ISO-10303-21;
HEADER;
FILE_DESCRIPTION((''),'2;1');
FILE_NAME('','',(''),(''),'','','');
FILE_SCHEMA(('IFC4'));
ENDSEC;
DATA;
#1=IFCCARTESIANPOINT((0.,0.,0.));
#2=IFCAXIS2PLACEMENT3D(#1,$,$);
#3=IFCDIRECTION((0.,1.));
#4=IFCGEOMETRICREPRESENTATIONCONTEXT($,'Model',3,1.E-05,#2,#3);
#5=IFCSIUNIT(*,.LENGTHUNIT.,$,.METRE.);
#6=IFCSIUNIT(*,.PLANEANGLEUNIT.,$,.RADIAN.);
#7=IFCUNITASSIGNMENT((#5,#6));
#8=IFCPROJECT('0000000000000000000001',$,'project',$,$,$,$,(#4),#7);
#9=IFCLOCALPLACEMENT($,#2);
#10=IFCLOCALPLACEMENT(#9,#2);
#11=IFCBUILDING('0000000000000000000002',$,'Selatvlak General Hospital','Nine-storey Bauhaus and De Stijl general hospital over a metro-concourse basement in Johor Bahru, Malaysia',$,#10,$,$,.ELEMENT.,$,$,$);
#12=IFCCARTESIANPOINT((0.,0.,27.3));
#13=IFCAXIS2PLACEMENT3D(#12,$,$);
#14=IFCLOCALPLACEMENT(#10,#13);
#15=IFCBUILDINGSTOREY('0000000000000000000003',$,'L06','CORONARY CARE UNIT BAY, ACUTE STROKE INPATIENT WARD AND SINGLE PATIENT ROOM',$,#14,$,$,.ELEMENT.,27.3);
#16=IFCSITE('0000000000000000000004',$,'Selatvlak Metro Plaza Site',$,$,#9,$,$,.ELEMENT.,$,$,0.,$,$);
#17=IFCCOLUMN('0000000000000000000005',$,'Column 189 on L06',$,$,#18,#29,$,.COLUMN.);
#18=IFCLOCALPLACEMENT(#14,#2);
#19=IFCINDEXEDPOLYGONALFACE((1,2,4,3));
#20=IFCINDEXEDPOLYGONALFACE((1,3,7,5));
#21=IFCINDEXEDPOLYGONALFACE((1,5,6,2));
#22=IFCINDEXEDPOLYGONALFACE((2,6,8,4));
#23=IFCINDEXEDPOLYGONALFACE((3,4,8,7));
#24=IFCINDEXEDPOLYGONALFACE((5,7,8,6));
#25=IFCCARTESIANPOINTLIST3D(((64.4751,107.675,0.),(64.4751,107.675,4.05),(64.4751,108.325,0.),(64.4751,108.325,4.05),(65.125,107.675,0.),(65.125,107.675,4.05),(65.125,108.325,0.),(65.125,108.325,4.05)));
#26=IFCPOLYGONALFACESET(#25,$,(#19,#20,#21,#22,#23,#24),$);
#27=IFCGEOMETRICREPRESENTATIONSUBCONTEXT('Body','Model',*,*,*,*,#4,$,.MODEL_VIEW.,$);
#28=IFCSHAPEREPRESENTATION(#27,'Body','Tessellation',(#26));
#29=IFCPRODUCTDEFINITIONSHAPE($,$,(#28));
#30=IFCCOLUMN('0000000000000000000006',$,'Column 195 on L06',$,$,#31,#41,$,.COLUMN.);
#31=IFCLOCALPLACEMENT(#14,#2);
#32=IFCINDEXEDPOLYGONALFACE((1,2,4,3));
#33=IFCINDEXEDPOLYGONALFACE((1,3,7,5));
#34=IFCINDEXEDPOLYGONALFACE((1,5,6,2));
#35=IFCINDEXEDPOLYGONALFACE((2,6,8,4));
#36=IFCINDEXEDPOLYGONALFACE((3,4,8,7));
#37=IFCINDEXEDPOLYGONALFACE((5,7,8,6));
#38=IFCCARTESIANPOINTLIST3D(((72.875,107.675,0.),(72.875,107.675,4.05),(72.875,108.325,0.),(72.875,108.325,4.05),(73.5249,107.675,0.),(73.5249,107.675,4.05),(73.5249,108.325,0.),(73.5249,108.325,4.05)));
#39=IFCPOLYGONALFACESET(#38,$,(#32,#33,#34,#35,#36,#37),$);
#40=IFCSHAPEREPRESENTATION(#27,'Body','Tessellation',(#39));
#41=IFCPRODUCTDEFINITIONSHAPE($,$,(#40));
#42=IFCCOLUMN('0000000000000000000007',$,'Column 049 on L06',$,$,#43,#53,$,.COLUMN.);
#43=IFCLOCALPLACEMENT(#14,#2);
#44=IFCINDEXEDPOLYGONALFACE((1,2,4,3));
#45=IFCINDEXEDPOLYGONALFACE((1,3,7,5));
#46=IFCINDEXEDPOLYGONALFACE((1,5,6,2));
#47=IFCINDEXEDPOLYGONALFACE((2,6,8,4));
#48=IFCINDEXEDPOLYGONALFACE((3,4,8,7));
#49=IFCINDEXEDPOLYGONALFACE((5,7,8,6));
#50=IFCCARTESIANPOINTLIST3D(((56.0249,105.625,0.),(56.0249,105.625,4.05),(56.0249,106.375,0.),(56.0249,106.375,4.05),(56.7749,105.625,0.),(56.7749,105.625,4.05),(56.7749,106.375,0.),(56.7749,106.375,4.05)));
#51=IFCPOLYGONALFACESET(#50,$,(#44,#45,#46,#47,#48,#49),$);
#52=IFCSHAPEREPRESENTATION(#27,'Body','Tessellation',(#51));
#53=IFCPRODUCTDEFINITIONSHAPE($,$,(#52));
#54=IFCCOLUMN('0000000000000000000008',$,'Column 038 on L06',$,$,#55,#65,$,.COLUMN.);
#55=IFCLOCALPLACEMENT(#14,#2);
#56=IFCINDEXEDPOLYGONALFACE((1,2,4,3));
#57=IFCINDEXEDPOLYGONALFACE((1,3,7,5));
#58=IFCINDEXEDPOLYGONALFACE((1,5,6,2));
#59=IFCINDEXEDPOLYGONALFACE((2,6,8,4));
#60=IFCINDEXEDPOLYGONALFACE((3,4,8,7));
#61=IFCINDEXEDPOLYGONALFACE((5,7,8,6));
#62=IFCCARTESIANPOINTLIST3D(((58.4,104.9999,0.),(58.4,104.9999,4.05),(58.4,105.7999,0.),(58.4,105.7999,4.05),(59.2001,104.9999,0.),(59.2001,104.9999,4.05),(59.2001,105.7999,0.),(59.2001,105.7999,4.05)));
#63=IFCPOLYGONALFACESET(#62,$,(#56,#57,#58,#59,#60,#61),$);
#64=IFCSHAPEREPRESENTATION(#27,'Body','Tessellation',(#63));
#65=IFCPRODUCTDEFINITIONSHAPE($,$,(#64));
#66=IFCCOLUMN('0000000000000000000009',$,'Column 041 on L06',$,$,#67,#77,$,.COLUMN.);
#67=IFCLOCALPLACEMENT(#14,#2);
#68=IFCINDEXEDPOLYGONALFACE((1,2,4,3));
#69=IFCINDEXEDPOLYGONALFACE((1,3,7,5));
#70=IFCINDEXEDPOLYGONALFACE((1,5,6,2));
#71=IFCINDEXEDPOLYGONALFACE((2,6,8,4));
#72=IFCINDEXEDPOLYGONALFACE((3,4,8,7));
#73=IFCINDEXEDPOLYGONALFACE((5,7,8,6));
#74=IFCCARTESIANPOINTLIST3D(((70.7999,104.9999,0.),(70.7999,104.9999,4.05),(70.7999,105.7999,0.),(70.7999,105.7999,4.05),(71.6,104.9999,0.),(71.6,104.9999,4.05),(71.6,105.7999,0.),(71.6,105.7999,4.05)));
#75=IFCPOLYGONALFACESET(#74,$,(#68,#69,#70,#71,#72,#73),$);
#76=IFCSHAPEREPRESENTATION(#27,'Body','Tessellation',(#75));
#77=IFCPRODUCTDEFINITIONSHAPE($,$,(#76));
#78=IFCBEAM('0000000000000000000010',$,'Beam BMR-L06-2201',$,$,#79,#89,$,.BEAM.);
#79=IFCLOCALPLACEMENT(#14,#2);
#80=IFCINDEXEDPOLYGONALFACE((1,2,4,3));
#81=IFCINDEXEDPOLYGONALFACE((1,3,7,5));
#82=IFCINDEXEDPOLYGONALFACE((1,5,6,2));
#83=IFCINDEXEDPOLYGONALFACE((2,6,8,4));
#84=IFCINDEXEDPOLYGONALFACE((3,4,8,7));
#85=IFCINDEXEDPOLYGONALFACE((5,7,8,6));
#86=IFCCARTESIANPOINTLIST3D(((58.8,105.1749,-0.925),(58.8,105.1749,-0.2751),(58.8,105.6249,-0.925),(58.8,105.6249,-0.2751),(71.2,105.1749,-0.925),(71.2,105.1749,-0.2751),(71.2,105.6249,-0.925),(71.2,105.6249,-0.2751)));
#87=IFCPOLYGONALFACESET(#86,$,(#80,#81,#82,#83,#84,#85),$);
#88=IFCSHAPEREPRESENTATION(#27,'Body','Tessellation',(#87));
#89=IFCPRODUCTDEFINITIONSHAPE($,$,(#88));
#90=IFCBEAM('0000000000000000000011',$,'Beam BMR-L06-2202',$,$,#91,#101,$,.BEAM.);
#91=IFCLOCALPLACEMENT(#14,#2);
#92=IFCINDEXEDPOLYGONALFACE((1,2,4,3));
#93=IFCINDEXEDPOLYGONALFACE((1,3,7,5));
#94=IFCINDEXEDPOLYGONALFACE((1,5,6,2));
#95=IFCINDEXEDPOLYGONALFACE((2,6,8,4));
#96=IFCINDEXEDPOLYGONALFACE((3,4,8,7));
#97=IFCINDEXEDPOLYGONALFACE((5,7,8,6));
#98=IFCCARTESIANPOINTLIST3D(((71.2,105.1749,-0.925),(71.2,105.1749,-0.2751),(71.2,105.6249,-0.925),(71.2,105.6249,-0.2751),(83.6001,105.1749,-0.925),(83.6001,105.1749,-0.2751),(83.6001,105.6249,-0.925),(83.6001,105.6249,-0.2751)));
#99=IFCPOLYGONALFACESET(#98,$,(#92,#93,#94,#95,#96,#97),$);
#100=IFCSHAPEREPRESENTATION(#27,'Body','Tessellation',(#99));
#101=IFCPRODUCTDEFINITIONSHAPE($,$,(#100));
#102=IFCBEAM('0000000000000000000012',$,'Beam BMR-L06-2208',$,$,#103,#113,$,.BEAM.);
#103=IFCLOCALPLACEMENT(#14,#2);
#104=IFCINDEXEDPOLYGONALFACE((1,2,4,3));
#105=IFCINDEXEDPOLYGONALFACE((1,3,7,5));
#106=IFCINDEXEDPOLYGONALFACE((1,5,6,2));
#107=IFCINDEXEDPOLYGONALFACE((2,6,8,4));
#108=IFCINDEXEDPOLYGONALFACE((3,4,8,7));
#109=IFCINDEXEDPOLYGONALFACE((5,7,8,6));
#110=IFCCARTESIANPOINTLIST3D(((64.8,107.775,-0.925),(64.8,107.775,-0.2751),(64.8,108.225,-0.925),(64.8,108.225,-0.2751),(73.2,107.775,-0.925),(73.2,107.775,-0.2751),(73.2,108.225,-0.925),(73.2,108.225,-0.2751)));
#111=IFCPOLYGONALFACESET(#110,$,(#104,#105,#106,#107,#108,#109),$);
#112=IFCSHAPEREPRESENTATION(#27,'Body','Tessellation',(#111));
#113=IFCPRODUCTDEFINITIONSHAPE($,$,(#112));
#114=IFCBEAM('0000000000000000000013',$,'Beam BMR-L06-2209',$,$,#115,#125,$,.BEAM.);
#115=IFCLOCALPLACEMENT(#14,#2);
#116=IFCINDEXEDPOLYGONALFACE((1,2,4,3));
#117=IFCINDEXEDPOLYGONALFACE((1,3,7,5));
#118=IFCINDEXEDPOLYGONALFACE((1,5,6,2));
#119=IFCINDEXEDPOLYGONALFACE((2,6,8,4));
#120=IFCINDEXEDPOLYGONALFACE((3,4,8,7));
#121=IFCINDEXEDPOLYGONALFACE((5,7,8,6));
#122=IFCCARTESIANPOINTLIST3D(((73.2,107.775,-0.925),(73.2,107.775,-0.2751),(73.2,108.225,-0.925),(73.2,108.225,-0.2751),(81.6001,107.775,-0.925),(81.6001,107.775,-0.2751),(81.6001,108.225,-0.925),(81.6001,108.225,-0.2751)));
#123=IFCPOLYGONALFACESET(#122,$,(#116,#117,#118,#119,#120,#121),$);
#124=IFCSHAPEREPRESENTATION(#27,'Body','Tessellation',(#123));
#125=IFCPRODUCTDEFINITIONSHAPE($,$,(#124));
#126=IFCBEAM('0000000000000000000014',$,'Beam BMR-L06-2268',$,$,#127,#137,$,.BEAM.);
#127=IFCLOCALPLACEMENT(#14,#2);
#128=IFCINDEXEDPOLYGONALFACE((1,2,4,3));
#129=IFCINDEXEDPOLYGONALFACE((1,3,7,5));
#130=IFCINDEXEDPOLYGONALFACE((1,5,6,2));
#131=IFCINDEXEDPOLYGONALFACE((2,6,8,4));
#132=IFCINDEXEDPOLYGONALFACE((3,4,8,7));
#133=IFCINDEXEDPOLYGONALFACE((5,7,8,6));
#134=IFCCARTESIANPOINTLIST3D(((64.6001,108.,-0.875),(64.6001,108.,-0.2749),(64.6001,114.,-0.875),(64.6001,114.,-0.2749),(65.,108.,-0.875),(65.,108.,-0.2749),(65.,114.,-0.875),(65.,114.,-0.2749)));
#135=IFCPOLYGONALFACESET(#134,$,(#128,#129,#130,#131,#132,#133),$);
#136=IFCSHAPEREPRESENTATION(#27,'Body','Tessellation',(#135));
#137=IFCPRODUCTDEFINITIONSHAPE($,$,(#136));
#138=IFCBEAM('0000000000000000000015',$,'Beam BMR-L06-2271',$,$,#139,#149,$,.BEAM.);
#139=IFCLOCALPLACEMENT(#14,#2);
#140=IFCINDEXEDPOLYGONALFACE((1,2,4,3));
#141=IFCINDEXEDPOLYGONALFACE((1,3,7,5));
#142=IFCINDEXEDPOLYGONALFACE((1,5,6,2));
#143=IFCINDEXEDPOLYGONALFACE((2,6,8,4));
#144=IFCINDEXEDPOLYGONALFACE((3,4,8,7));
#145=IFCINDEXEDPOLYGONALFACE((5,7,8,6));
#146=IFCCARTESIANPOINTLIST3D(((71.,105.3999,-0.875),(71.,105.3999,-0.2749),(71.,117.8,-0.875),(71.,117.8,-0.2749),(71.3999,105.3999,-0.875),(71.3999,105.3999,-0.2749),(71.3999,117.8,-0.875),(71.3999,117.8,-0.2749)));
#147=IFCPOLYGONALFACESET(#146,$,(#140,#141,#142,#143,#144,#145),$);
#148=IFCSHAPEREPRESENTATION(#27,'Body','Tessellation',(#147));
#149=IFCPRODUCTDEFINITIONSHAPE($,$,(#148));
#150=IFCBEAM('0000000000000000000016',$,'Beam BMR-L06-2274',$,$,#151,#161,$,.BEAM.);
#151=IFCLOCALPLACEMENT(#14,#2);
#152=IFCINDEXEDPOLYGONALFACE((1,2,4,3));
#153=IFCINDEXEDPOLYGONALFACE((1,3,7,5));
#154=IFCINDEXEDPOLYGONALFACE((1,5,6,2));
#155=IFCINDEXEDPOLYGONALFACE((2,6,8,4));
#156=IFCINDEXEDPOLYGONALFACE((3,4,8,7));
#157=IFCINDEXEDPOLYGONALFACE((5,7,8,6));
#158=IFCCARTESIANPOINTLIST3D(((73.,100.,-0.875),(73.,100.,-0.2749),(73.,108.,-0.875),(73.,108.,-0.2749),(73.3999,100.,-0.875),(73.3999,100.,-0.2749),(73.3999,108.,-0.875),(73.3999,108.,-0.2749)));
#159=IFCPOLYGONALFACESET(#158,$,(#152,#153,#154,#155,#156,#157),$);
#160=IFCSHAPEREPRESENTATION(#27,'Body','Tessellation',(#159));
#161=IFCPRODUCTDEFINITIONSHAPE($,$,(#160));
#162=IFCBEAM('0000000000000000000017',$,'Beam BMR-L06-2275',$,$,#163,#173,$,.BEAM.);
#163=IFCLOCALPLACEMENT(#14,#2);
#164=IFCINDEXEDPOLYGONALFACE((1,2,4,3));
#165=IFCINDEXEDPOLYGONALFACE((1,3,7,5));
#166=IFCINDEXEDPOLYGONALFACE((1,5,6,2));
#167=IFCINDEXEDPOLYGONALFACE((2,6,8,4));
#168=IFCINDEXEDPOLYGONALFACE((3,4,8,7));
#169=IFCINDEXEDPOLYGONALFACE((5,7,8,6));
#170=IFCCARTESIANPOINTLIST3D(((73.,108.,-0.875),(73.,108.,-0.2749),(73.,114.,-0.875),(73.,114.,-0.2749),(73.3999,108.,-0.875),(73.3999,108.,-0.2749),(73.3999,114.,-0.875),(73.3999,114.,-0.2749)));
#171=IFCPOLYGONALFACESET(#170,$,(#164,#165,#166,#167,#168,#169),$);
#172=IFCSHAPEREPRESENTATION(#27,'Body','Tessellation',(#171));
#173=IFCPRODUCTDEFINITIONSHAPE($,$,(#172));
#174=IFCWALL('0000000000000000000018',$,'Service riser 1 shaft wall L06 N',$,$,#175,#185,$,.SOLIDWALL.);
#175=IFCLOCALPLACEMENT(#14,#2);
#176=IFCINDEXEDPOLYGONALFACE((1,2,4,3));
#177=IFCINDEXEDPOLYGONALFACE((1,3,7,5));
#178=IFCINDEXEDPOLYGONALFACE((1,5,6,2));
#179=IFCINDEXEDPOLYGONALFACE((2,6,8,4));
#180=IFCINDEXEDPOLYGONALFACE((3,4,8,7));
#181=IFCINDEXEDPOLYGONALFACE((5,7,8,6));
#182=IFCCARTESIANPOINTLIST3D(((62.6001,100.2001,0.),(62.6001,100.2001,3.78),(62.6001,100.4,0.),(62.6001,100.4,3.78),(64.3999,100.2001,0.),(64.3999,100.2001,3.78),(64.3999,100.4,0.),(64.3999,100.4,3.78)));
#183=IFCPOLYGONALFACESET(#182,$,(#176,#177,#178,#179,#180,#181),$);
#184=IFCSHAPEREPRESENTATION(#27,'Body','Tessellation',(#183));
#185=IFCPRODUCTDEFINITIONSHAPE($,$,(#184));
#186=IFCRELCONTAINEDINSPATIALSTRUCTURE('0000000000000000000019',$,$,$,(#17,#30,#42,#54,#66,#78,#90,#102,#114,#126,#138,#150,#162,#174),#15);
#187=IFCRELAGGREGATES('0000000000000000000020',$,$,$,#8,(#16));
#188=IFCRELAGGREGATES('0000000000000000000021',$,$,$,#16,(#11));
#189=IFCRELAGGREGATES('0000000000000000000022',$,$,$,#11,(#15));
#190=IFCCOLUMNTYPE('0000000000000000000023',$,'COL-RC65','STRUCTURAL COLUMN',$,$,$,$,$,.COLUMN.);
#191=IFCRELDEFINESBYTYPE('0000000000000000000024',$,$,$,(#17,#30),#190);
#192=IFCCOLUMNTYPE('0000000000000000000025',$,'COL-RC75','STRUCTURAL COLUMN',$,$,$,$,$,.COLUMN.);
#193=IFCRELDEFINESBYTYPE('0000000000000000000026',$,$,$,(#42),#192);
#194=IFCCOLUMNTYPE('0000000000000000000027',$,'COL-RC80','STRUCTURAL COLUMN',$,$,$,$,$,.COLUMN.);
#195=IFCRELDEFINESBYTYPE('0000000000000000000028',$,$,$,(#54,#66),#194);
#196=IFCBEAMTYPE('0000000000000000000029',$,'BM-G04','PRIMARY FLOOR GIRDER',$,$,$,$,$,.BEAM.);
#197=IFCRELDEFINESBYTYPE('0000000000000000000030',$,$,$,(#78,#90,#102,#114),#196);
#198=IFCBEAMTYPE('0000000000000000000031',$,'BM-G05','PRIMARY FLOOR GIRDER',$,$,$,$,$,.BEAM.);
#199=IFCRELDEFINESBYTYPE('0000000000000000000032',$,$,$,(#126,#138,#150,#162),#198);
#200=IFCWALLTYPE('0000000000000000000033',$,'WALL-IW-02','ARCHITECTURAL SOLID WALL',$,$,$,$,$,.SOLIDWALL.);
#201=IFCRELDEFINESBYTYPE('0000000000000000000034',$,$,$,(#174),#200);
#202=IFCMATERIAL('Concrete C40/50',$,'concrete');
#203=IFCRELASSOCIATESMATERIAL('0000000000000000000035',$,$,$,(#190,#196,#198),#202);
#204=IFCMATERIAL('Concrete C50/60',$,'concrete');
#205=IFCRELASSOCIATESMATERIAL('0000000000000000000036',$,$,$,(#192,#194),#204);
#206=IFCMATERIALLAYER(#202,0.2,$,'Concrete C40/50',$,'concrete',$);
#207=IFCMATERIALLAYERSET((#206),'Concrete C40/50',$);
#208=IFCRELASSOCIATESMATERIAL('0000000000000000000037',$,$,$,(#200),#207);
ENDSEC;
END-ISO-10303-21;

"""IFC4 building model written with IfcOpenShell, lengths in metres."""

from ifc_helpers import new_model, si_unit, direction, frame, frame_2d, origin, origin_2d, place, context, subcontext, project, spatial, rectangle, extrude, material, layer, layer_set, material_profile, profile_set, type_object, element, save


model = new_model("IFC4")

# Units and contexts
model_context = context("Model", 3, precision=1e-05, world=origin(), true_north=direction((0.0, 1.0)))
body_context = subcontext(model_context, "Body", "Model", "MODEL_VIEW")
ifc_project = project(units=[si_unit("LENGTHUNIT", "METRE"), si_unit("PLANEANGLEUNIT", "RADIAN")], contexts=[model_context])

# Site, building, storey
site_placement = place(None, origin())
site = spatial("IfcSite", under=ifc_project, at=site_placement, Name="Selatvlak Metro Plaza Site", CompositionType="ELEMENT", RefElevation=0.0)
building_placement = place(site_placement, origin())
building = spatial("IfcBuilding", under=site, at=building_placement, Name="Selatvlak General Hospital", Description="Nine-storey Bauhaus and De Stijl general hospital over a metro-concourse basement in Johor Bahru, Malaysia", CompositionType="ELEMENT")
storey_placement = place(building_placement, frame((0.0, 0.0, 27.3)))
storey = spatial("IfcBuildingStorey", under=building, at=storey_placement, Name="L06", Description="CORONARY CARE UNIT BAY, ACUTE STROKE INPATIENT WARD AND SINGLE PATIENT ROOM", CompositionType="ELEMENT", Elevation=27.3)

# Columns
ifc_material_1 = material(Name="Concrete C40/50", Category="concrete")
ifc_material_profile_1 = material_profile(ifc_material_1, rectangle(XDim=0.6499, YDim=0.6499, at=origin_2d()), Name="RC-COL 650x650")
ifc_profile_set_1 = profile_set([ifc_material_profile_1], Name="Concrete C40/50")
column_type_1 = type_object("IfcColumnType", Name="COL-RC65", Description="STRUCTURAL COLUMN", PredefinedType="COLUMN", material=ifc_profile_set_1)
for number, where, z_axis, x_axis, name in (
    (1, (64.8, 108.0, 0.0), (0.0, 0.0, 1.0), (1.0, 0.0, 0.0), "Column 189 on L06"),
    (2, (73.2, 108.0, 0.0), (0.0, 0.0, 1.0), (1.0, 0.0, 0.0), "Column 195 on L06"),
):
    element("IfcColumn", number, at=place(storey_placement, frame(where, z_axis=z_axis, x_axis=x_axis)), inside=storey, type_object=column_type_1, Name=name, PredefinedType="COLUMN", context=body_context, shape_type="SweptSolid", body=[
        extrude(rectangle(XDim=0.6499, YDim=0.6499, at=origin_2d()), origin(), (0.0, 0.0, 1.0), 4.05),
    ])
ifc_material_2 = material(Name="Concrete C50/60", Category="concrete")
ifc_material_profile_2 = material_profile(ifc_material_2, rectangle(XDim=0.75, YDim=0.75, at=origin_2d()), Name="RC-COL 750x750")
ifc_profile_set_2 = profile_set([ifc_material_profile_2], Name="Concrete C50/60")
column_type_2 = type_object("IfcColumnType", Name="COL-RC75", Description="STRUCTURAL COLUMN", PredefinedType="COLUMN", material=ifc_profile_set_2)
column_placement = place(storey_placement, frame((56.3999, 106.0, 0.0), z_axis=(0.0, 0.0, 1.0), x_axis=(1.0, 0.0, 0.0)))
element("IfcColumn", 3, at=column_placement, inside=storey, type_object=column_type_2, Name="Column 049 on L06", PredefinedType="COLUMN", context=body_context, shape_type="SweptSolid", body=[
    extrude(rectangle(XDim=0.75, YDim=0.75, at=origin_2d()), origin(), (0.0, 0.0, 1.0), 4.05),
])
ifc_material_profile_3 = material_profile(ifc_material_2, rectangle(XDim=0.8, YDim=0.8, at=origin_2d()), Name="RC-COL 800x800")
ifc_profile_set_3 = profile_set([ifc_material_profile_3], Name="Concrete C50/60")
column_type_3 = type_object("IfcColumnType", Name="COL-RC80", Description="STRUCTURAL COLUMN", PredefinedType="COLUMN", material=ifc_profile_set_3)
for number, where, z_axis, x_axis, name in (
    (4, (58.8, 105.3999, 0.0), (0.0, 0.0, 1.0), (1.0, 0.0, 0.0), "Column 038 on L06"),
    (5, (71.2, 105.3999, 0.0), (0.0, 0.0, 1.0), (1.0, 0.0, 0.0), "Column 041 on L06"),
):
    element("IfcColumn", number, at=place(storey_placement, frame(where, z_axis=z_axis, x_axis=x_axis)), inside=storey, type_object=column_type_3, Name=name, PredefinedType="COLUMN", context=body_context, shape_type="SweptSolid", body=[
        extrude(rectangle(XDim=0.8, YDim=0.8, at=origin_2d()), origin(), (0.0, 0.0, 1.0), 4.05),
    ])

# Beams
ifc_material_profile_4 = material_profile(ifc_material_1, rectangle(XDim=0.45, YDim=0.6499, at=origin_2d()), Name="RC-BM 450x650")
ifc_profile_set_4 = profile_set([ifc_material_profile_4], Name="Concrete C40/50")
beam_type_1 = type_object("IfcBeamType", Name="BM-G04", Description="PRIMARY FLOOR GIRDER", PredefinedType="BEAM", material=ifc_profile_set_4)
beam_1_placement = place(storey_placement, frame((58.8, 105.3999, -0.6001), z_axis=(1.0, 0.0, 0.0), x_axis=(0.0, 1.0, 0.0)))
element("IfcBeam", 6, at=beam_1_placement, inside=storey, type_object=beam_type_1, Name="Beam BMR-L06-2201", PredefinedType="BEAM", context=body_context, shape_type="SweptSolid", body=[
    extrude(rectangle(XDim=0.45, YDim=0.6499, at=origin_2d()), origin(), (0.0, 0.0, 1.0), 12.3999),
])
beam_2_placement = place(storey_placement, frame((71.2, 105.3999, -0.6001), z_axis=(1.0, 0.0, 0.0), x_axis=(0.0, 1.0, 0.0)))
element("IfcBeam", 7, at=beam_2_placement, inside=storey, type_object=beam_type_1, Name="Beam BMR-L06-2202", PredefinedType="BEAM", context=body_context, shape_type="SweptSolid", body=[
    extrude(rectangle(XDim=0.45, YDim=0.6499, at=origin_2d()), origin(), (0.0, 0.0, 1.0), 12.4001),
])
beam_3_placement = place(storey_placement, frame((64.8, 108.0, -0.6001), z_axis=(1.0, 0.0, 0.0), x_axis=(0.0, 1.0, 0.0)))
element("IfcBeam", 8, at=beam_3_placement, inside=storey, type_object=beam_type_1, Name="Beam BMR-L06-2208", PredefinedType="BEAM", context=body_context, shape_type="SweptSolid", body=[
    extrude(rectangle(XDim=0.45, YDim=0.6499, at=origin_2d()), origin(), (0.0, 0.0, 1.0), 8.3999),
])
beam_4_placement = place(storey_placement, frame((73.2, 108.0, -0.6001), z_axis=(1.0, 0.0, 0.0), x_axis=(0.0, 1.0, 0.0)))
element("IfcBeam", 9, at=beam_4_placement, inside=storey, type_object=beam_type_1, Name="Beam BMR-L06-2209", PredefinedType="BEAM", context=body_context, shape_type="SweptSolid", body=[
    extrude(rectangle(XDim=0.45, YDim=0.6499, at=origin_2d()), origin(), (0.0, 0.0, 1.0), 8.4001),
])
ifc_material_profile_5 = material_profile(ifc_material_1, rectangle(XDim=0.3999, YDim=0.6001, at=origin_2d()), Name="RC-BM 400x600")
ifc_profile_set_5 = profile_set([ifc_material_profile_5], Name="Concrete C40/50")
beam_type_2 = type_object("IfcBeamType", Name="BM-G05", Description="PRIMARY FLOOR GIRDER", PredefinedType="BEAM", material=ifc_profile_set_5)
beam_5_placement = place(storey_placement, frame((64.8, 108.0, -0.575), z_axis=(0.0, 1.0, 0.0), x_axis=(-1.0, 0.0, 0.0)))
element("IfcBeam", 10, at=beam_5_placement, inside=storey, type_object=beam_type_2, Name="Beam BMR-L06-2268", PredefinedType="BEAM", context=body_context, shape_type="SweptSolid", body=[
    extrude(rectangle(XDim=0.3999, YDim=0.6001, at=origin_2d()), origin(), (0.0, 0.0, 1.0), 6.0),
])
beam_6_placement = place(storey_placement, frame((71.2, 105.3999, -0.575), z_axis=(0.0, 1.0, 0.0), x_axis=(-1.0, 0.0, 0.0)))
element("IfcBeam", 11, at=beam_6_placement, inside=storey, type_object=beam_type_2, Name="Beam BMR-L06-2271", PredefinedType="BEAM", context=body_context, shape_type="SweptSolid", body=[
    extrude(rectangle(XDim=0.3999, YDim=0.6001, at=origin_2d()), origin(), (0.0, 0.0, 1.0), 12.4001),
])
beam_7_placement = place(storey_placement, frame((73.2, 100.0, -0.575), z_axis=(0.0, 1.0, 0.0), x_axis=(-1.0, 0.0, 0.0)))
element("IfcBeam", 12, at=beam_7_placement, inside=storey, type_object=beam_type_2, Name="Beam BMR-L06-2274", PredefinedType="BEAM", context=body_context, shape_type="SweptSolid", body=[
    extrude(rectangle(XDim=0.3999, YDim=0.6001, at=origin_2d()), origin(), (0.0, 0.0, 1.0), 8.0),
])
beam_8_placement = place(storey_placement, frame((73.2, 108.0, -0.575), z_axis=(0.0, 1.0, 0.0), x_axis=(-1.0, 0.0, 0.0)))
element("IfcBeam", 13, at=beam_8_placement, inside=storey, type_object=beam_type_2, Name="Beam BMR-L06-2275", PredefinedType="BEAM", context=body_context, shape_type="SweptSolid", body=[
    extrude(rectangle(XDim=0.3999, YDim=0.6001, at=origin_2d()), origin(), (0.0, 0.0, 1.0), 6.0),
])

# Wall
ifc_layer_1 = layer(ifc_material_1, 0.2, Name="Concrete C40/50", Category="concrete")
ifc_layer_set_1 = layer_set([ifc_layer_1], Name="Concrete C40/50")
wall_type_1 = type_object("IfcWallType", Name="WALL-IW-02", Description="ARCHITECTURAL SOLID WALL", PredefinedType="SOLIDWALL", material=ifc_layer_set_1)
wall_1_placement = place(storey_placement, frame((64.3999, 100.3, 0.0), z_axis=(0.0, 0.0, 1.0), x_axis=(-1.0, 0.0, 0.0)))
element("IfcWall", 14, at=wall_1_placement, inside=storey, type_object=wall_type_1, Name="Service riser 1 shaft wall L06 N", PredefinedType="SOLIDWALL", context=body_context, shape_type="SweptSolid", body=[
    extrude(rectangle(XDim=1.7998, YDim=0.2, at=frame_2d((0.8999, 0.0))), origin(), (0.0, 0.0, 1.0), 3.78),
])

save(model, "model.ifc")
